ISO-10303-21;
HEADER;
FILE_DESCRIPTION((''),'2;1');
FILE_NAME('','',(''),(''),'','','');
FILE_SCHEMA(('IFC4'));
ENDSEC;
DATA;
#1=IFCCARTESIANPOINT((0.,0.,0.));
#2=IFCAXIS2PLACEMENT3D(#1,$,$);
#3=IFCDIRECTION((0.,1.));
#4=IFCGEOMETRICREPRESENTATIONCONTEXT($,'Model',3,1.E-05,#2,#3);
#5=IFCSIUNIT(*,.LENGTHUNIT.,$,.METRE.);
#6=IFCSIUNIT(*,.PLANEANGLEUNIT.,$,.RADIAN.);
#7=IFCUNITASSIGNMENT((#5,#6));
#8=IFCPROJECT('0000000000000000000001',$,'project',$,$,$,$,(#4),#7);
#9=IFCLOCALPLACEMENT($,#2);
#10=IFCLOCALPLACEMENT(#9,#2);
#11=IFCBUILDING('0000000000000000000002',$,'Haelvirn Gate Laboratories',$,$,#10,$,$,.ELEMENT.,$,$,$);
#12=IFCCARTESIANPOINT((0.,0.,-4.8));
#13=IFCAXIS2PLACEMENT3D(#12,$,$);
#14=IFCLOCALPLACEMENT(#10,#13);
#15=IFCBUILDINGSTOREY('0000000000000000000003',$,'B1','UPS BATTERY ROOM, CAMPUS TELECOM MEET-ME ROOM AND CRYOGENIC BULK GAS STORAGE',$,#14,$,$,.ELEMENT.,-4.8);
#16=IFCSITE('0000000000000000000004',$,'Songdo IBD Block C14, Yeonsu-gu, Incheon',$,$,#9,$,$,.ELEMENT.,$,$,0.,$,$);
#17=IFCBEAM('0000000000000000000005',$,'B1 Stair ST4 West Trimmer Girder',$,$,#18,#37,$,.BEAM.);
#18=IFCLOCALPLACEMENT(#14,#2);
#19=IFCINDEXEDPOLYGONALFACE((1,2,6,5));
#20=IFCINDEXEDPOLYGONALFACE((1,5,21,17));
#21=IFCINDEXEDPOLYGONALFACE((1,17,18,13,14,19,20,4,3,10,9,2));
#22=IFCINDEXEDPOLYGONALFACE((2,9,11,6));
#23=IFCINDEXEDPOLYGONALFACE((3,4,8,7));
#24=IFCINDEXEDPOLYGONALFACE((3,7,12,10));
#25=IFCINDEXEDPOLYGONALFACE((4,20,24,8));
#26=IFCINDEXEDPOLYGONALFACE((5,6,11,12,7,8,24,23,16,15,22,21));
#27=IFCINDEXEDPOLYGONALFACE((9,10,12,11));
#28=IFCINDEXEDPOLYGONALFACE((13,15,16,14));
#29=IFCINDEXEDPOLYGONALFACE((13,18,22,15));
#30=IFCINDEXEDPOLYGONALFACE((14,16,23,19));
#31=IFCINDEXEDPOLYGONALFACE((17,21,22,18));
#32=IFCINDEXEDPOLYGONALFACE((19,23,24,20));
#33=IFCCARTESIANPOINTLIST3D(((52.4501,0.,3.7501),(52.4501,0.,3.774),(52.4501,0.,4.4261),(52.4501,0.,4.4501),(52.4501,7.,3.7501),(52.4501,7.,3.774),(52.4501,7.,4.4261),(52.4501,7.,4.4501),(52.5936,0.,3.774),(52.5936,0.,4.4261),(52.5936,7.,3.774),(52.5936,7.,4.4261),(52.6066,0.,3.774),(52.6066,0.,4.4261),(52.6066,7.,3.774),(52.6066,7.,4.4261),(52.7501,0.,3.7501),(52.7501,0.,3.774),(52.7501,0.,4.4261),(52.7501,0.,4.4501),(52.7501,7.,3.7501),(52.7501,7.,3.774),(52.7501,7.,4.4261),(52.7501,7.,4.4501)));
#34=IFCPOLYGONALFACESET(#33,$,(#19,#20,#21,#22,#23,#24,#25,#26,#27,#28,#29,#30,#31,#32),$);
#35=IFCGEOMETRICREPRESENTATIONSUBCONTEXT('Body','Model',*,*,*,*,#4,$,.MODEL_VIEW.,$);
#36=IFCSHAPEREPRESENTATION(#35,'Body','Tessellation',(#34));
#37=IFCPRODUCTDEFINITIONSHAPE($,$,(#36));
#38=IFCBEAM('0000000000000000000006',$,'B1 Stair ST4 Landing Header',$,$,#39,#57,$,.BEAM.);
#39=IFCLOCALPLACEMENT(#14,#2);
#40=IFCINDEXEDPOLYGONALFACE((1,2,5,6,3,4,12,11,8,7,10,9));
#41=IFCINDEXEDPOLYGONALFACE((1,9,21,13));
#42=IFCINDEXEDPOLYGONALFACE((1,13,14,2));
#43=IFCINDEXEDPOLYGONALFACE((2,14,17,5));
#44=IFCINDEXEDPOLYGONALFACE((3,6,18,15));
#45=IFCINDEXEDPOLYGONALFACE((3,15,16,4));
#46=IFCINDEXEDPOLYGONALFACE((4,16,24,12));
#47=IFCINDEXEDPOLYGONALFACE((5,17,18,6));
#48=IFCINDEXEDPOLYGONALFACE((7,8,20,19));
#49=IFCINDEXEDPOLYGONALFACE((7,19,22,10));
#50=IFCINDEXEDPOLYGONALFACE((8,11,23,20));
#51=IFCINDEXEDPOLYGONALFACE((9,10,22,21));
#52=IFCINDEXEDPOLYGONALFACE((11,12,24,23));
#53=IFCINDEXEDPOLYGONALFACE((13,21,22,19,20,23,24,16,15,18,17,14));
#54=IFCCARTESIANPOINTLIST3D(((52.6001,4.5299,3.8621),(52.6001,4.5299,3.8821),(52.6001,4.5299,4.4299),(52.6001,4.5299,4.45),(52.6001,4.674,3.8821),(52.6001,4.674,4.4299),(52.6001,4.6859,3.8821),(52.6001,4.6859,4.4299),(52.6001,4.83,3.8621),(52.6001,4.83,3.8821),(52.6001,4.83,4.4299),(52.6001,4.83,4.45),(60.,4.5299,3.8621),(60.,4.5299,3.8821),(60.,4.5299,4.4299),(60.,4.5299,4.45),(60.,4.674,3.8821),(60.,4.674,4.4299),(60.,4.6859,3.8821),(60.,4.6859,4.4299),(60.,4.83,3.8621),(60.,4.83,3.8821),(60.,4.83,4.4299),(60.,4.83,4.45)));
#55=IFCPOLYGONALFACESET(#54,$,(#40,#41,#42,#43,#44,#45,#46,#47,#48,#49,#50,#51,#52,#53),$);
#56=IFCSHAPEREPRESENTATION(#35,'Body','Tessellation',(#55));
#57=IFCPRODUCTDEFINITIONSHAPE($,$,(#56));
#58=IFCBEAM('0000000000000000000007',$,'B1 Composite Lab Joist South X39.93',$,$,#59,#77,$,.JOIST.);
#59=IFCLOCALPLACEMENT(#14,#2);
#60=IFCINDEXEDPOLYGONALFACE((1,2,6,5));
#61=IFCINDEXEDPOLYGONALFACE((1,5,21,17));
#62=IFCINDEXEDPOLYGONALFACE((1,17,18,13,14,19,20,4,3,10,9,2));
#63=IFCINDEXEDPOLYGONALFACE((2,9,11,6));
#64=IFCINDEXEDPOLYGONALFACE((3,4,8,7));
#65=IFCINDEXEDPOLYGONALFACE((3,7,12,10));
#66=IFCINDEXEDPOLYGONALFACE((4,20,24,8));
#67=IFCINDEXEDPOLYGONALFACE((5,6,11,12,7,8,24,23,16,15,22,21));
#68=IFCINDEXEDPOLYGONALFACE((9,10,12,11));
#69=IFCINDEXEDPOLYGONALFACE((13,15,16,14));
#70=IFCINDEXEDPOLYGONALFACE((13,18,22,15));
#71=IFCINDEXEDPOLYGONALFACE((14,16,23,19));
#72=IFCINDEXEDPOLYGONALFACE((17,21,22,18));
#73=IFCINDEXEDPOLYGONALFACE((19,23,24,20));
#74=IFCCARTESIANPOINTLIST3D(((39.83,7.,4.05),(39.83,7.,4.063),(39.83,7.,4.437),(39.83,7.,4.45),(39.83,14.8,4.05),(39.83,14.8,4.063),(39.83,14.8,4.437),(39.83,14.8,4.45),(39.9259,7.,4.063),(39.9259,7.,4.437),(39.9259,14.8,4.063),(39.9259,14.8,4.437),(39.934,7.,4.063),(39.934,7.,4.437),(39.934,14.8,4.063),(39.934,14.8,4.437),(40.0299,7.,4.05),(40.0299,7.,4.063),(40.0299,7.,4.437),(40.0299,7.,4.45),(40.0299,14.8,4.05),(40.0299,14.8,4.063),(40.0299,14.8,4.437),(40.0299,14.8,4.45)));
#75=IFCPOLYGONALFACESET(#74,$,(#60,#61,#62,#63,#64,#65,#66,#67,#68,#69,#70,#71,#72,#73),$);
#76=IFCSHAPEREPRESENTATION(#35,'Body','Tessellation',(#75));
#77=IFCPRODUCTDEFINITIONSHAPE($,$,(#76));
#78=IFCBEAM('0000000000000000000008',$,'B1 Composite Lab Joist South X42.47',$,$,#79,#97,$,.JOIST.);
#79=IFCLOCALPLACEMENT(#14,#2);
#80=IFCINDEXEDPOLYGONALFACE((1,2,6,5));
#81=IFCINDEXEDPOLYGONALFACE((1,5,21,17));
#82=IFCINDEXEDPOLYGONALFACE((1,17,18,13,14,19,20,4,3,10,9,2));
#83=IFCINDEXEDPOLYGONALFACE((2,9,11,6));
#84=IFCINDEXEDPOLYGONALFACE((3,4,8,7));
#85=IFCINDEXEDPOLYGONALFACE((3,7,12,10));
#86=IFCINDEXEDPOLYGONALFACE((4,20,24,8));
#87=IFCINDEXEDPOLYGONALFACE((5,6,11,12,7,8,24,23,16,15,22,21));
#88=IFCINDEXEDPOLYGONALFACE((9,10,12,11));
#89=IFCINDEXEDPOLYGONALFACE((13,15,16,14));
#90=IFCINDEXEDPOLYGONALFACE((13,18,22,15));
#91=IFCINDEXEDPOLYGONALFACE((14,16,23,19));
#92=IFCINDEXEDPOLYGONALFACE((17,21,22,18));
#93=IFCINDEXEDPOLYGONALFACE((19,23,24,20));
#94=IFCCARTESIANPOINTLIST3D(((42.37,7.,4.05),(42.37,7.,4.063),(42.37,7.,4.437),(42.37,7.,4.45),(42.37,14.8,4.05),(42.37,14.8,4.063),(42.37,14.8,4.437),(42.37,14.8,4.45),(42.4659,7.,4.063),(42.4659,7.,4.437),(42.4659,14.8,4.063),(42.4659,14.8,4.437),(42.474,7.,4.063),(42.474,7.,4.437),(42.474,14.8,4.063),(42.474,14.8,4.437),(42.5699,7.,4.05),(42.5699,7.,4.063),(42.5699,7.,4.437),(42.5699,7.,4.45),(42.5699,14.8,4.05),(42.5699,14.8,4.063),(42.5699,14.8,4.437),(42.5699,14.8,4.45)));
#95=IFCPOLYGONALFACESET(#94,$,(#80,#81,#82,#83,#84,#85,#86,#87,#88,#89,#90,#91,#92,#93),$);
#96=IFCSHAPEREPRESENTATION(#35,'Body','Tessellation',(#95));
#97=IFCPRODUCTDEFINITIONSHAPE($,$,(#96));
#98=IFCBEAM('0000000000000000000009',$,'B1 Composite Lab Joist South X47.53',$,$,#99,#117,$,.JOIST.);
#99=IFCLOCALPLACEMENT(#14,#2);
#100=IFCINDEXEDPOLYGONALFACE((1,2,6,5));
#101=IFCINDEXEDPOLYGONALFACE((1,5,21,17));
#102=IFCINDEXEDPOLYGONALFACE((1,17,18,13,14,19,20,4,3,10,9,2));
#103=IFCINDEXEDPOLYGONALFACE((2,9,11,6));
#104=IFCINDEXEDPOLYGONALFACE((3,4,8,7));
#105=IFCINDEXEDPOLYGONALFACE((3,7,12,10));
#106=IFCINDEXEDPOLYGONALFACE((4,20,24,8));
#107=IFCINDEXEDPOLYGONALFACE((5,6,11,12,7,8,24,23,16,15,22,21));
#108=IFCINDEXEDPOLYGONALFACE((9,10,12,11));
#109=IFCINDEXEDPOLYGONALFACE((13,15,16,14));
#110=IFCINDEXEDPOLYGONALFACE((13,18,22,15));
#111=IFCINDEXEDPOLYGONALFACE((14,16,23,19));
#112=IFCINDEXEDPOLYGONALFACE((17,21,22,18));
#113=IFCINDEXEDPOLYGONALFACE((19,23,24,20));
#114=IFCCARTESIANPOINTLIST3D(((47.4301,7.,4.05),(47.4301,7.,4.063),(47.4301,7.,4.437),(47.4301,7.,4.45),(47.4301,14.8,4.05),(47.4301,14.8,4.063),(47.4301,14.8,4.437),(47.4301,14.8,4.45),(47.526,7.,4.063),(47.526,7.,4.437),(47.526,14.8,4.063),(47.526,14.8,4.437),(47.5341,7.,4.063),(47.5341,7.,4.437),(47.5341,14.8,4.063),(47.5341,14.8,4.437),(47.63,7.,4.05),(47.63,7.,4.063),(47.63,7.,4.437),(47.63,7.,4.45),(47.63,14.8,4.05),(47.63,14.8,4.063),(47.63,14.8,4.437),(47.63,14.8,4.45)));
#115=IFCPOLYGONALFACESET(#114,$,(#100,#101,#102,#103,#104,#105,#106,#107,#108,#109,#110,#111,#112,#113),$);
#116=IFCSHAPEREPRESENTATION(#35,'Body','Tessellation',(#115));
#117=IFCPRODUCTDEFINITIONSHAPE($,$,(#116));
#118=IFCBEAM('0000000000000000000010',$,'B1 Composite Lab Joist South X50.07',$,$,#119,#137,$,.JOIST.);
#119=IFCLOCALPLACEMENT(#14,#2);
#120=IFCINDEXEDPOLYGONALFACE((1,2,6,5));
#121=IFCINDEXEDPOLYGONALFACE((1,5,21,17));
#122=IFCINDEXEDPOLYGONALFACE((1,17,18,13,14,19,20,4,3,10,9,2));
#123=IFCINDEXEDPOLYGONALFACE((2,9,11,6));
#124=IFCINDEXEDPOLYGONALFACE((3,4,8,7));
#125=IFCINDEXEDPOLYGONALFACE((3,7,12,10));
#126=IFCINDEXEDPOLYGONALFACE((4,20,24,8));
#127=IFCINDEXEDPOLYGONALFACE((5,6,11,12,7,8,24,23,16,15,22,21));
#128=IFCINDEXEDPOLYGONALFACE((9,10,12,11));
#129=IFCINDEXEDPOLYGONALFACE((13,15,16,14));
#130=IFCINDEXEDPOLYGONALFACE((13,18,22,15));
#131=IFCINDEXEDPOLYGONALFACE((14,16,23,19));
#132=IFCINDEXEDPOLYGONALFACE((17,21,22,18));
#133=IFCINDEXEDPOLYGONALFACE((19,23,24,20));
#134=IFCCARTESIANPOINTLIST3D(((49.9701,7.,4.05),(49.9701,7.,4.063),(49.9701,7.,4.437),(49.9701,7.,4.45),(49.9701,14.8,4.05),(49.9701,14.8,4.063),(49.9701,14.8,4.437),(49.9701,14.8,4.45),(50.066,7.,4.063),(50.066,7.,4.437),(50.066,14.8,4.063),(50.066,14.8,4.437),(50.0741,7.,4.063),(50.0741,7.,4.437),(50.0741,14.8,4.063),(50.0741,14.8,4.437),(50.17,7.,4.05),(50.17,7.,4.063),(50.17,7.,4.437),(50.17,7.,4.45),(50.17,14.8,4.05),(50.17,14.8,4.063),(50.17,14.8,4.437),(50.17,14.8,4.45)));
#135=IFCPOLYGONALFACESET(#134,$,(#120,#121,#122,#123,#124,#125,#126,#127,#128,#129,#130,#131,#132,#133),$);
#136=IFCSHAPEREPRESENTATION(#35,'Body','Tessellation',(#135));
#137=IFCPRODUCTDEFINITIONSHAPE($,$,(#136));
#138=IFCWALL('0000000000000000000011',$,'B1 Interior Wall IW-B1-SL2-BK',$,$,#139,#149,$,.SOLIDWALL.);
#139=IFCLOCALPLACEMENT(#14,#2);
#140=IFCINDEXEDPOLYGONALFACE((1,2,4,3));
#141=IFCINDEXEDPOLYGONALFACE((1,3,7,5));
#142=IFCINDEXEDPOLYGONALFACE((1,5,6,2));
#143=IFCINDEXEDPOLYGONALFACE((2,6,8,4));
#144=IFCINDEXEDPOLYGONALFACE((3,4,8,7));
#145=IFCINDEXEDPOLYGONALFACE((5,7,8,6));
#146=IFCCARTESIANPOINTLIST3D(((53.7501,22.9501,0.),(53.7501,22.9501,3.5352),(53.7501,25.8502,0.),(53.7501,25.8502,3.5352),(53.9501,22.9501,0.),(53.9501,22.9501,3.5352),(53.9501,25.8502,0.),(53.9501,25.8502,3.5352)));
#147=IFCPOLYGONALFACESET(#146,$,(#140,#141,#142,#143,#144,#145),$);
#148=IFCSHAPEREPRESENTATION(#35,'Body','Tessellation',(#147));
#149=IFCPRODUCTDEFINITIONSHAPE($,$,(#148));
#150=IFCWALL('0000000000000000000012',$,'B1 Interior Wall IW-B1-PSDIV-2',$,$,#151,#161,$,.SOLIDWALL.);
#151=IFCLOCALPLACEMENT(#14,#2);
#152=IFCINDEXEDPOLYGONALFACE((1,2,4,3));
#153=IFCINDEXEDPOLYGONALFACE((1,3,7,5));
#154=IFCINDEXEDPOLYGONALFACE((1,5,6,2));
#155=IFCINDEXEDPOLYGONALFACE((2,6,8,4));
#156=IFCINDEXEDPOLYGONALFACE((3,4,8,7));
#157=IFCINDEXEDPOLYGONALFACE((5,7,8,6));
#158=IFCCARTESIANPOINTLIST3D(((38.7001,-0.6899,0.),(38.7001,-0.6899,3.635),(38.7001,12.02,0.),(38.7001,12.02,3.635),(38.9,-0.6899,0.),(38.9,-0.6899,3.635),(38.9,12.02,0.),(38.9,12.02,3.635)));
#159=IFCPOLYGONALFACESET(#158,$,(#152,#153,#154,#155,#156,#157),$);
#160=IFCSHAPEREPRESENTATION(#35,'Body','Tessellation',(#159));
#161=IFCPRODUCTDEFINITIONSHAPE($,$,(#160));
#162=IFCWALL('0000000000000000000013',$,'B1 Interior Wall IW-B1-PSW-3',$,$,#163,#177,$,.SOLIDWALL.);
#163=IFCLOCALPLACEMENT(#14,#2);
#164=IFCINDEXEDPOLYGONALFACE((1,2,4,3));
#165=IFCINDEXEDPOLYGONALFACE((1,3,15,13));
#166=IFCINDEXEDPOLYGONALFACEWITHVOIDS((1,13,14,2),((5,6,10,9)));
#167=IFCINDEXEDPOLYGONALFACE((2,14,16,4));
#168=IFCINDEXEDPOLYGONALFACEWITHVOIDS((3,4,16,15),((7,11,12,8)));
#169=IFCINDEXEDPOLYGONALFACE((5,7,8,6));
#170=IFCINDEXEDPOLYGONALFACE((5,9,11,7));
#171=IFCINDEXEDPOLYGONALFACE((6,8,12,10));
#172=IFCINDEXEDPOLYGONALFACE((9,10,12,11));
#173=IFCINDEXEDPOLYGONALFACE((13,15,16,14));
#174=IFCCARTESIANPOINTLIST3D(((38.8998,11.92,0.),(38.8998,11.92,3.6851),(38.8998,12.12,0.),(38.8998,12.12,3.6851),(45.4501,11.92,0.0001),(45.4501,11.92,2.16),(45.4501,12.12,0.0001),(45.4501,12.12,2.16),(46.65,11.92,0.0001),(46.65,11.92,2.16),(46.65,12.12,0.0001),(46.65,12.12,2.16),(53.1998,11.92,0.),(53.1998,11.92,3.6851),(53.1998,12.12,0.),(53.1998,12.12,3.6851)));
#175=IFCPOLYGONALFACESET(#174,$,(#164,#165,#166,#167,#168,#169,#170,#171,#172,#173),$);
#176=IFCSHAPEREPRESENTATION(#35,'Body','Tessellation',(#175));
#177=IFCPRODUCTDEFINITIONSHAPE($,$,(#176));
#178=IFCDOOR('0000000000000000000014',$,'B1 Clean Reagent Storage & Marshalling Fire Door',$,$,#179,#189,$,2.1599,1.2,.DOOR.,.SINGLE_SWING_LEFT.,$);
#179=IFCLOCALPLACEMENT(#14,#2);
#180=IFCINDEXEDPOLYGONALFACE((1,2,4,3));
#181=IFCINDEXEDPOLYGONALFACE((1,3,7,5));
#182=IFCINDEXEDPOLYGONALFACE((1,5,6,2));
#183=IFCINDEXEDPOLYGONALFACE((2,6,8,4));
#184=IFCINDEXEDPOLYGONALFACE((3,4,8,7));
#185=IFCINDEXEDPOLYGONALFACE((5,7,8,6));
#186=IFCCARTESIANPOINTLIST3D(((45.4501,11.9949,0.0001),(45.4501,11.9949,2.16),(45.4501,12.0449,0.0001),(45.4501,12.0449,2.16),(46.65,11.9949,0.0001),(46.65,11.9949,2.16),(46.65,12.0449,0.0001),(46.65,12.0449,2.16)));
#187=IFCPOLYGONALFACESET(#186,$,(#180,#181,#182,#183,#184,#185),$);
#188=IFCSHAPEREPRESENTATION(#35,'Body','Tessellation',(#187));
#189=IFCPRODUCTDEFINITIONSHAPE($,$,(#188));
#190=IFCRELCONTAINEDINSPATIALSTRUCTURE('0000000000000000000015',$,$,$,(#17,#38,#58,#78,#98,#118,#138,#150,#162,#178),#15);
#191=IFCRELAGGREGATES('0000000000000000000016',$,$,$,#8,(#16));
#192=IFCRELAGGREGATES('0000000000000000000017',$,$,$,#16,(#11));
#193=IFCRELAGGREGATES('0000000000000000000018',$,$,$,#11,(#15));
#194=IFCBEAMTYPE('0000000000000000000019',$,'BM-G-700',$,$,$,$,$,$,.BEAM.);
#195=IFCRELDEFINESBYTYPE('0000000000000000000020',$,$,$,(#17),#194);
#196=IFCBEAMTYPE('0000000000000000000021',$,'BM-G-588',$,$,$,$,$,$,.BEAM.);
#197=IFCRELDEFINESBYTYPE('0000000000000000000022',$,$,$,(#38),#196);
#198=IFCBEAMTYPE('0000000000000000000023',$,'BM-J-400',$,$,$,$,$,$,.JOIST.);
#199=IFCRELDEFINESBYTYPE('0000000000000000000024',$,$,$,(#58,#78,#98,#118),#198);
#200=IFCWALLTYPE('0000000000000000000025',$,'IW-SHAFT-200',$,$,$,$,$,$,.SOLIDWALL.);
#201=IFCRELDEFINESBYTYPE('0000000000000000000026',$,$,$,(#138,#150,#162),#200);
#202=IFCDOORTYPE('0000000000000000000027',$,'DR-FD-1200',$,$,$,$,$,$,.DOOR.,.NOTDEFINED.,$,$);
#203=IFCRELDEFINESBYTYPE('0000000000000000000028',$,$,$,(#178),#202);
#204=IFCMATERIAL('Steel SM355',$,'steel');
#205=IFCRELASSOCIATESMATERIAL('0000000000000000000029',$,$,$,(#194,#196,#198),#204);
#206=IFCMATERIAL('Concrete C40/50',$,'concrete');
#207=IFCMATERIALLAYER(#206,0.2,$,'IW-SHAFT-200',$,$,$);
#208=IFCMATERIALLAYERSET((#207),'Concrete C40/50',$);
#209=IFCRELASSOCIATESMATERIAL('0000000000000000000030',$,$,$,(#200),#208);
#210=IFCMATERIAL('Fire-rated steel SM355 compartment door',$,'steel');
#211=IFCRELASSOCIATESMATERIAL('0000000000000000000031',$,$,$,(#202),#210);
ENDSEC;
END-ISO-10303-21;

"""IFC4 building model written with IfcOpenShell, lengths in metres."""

from ifc_helpers import new_model, si_unit, direction, frame, frame_2d, origin, origin_2d, place, context, subcontext, project, spatial, rectangle, i_section, extrude, source, transform, mapped, material, layer, layer_set, material_profile, profile_set, type_object, type_shapes, element, fill, save


model = new_model("IFC4")

# Units and contexts
model_context = context("Model", 3, precision=1e-05, world=origin(), true_north=direction((0.0, 1.0)))
body_context = subcontext(model_context, "Body", "Model", "MODEL_VIEW")
ifc_project = project(units=[si_unit("LENGTHUNIT", "METRE"), si_unit("PLANEANGLEUNIT", "RADIAN")], contexts=[model_context])

# Site, building, storey
site_placement = place(None, origin())
site = spatial("IfcSite", under=ifc_project, at=site_placement, Name="Songdo IBD Block C14, Yeonsu-gu, Incheon", CompositionType="ELEMENT", RefElevation=0.0)
building_placement = place(site_placement, origin())
building = spatial("IfcBuilding", under=site, at=building_placement, Name="Haelvirn Gate Laboratories", CompositionType="ELEMENT")
storey_placement = place(building_placement, frame((0.0, 0.0, -4.8)))
storey = spatial("IfcBuildingStorey", under=building, at=storey_placement, Name="B1", Description="UPS BATTERY ROOM, CAMPUS TELECOM MEET-ME ROOM AND CRYOGENIC BULK GAS STORAGE", CompositionType="ELEMENT", Elevation=-4.8)

# Beams
ifc_material_1 = material(Name="Steel SM355", Category="steel")
ifc_material_profile_1 = material_profile(ifc_material_1, i_section(OverallWidth=0.3, OverallDepth=0.7, WebThickness=0.0129, FlangeThickness=0.0239, at=origin_2d()), Name="H-700x300x13x24")
ifc_profile_set_1 = profile_set([ifc_material_profile_1], Name="Steel SM355")
beam_type_1 = type_object("IfcBeamType", Name="BM-G-700", PredefinedType="BEAM", material=ifc_profile_set_1)
shared_shape_1 = source(origin(), body_context, "Body", "SweptSolid", [
    extrude(i_section(OverallWidth=0.3, OverallDepth=0.7, WebThickness=0.0129, FlangeThickness=0.0239, at=origin_2d()), origin(), (0.0, 0.0, 1.0), 7.0),
])
type_shapes(beam_type_1, [shared_shape_1])
beam_1_placement = place(storey_placement, frame((52.6001, 0.0, 4.1001), z_axis=(0.0, 1.0, 0.0), x_axis=(-1.0, 0.0, 0.0)))
element("IfcBeam", 1, at=beam_1_placement, inside=storey, type_object=beam_type_1, Name="B1 Stair ST4 West Trimmer Girder", PredefinedType="BEAM", context=body_context, shape_type="MappedRepresentation", body=[
    mapped(shared_shape_1, transform((0.0, 0.0, 0.0), scale=1.0)),
])
ifc_material_profile_2 = material_profile(ifc_material_1, i_section(OverallWidth=0.3, OverallDepth=0.5879, WebThickness=0.012, FlangeThickness=0.02, at=origin_2d()), Name="H-588x300x12x20")
ifc_profile_set_2 = profile_set([ifc_material_profile_2], Name="Steel SM355")
beam_type_2 = type_object("IfcBeamType", Name="BM-G-588", PredefinedType="BEAM", material=ifc_profile_set_2)
shared_shape_2 = source(origin(), body_context, "Body", "SweptSolid", [
    extrude(i_section(OverallWidth=0.3, OverallDepth=0.5879, WebThickness=0.012, FlangeThickness=0.02, at=origin_2d()), origin(), (0.0, 0.0, 1.0), 7.3999),
])
type_shapes(beam_type_2, [shared_shape_2])
beam_2_placement = place(storey_placement, frame((52.6001, 4.6799, 4.156), z_axis=(1.0, 0.0, 0.0), x_axis=(0.0, 1.0, 0.0)))
element("IfcBeam", 2, at=beam_2_placement, inside=storey, type_object=beam_type_2, Name="B1 Stair ST4 Landing Header", PredefinedType="BEAM", context=body_context, shape_type="MappedRepresentation", body=[
    mapped(shared_shape_2, transform((0.0, 0.0, 0.0), scale=1.0)),
])
ifc_material_profile_3 = material_profile(ifc_material_1, i_section(OverallWidth=0.2, OverallDepth=0.3999, WebThickness=0.0081, FlangeThickness=0.0129, at=origin_2d()), Name="H-400x200x8x13")
ifc_profile_set_3 = profile_set([ifc_material_profile_3], Name="Steel SM355")
beam_type_3 = type_object("IfcBeamType", Name="BM-J-400", PredefinedType="JOIST", material=ifc_profile_set_3)
shared_shape_3 = source(origin(), body_context, "Body", "SweptSolid", [
    extrude(i_section(OverallWidth=0.2, OverallDepth=0.3999, WebThickness=0.0081, FlangeThickness=0.0129, at=origin_2d()), origin(), (0.0, 0.0, 1.0), 7.8),
])
type_shapes(beam_type_3, [shared_shape_3])
for number, where, z_axis, x_axis, name in (
    (3, (39.9299, 7.0, 4.25), (0.0, 1.0, 0.0), (-1.0, 0.0, 0.0), "B1 Composite Lab Joist South X39.93"),
    (4, (42.47, 7.0, 4.25), (0.0, 1.0, 0.0), (-1.0, 0.0, 0.0), "B1 Composite Lab Joist South X42.47"),
    (5, (47.53, 7.0, 4.25), (0.0, 1.0, 0.0), (-1.0, 0.0, 0.0), "B1 Composite Lab Joist South X47.53"),
    (6, (50.0701, 7.0, 4.25), (0.0, 1.0, 0.0), (-1.0, 0.0, 0.0), "B1 Composite Lab Joist South X50.07"),
):
    element("IfcBeam", number, at=place(storey_placement, frame(where, z_axis=z_axis, x_axis=x_axis)), inside=storey, type_object=beam_type_3, Name=name, PredefinedType="JOIST", context=body_context, shape_type="MappedRepresentation", body=[
        mapped(shared_shape_3, transform((0.0, 0.0, 0.0), scale=1.0)),
    ])

# Walls
ifc_material_2 = material(Name="Concrete C40/50", Category="concrete")
ifc_layer_1 = layer(ifc_material_2, 0.2, Name="IW-SHAFT-200")
ifc_layer_set_1 = layer_set([ifc_layer_1], Name="Concrete C40/50")
wall_type_1 = type_object("IfcWallType", Name="IW-SHAFT-200", PredefinedType="SOLIDWALL", material=ifc_layer_set_1)
wall_1_placement = place(storey_placement, frame((53.8501, 22.95, 0.0), z_axis=(0.0, 0.0, 1.0), x_axis=(0.0, 1.0, 0.0)))
element("IfcWall", 7, at=wall_1_placement, inside=storey, type_object=wall_type_1, Name="B1 Interior Wall IW-B1-SL2-BK", PredefinedType="SOLIDWALL", context=body_context, shape_type="SweptSolid", body=[
    extrude(rectangle(XDim=2.9001, YDim=0.2, at=frame_2d((1.4502, 0.0))), origin(), (0.0, 0.0, 1.0), 3.5352),
])
wall_2_placement = place(storey_placement, frame((38.8, -0.6899, 0.0), z_axis=(0.0, 0.0, 1.0), x_axis=(0.0, 1.0, 0.0)))
element("IfcWall", 8, at=wall_2_placement, inside=storey, type_object=wall_type_1, Name="B1 Interior Wall IW-B1-PSDIV-2", PredefinedType="SOLIDWALL", context=body_context, shape_type="SweptSolid", body=[
    extrude(rectangle(XDim=12.71, YDim=0.2, at=frame_2d((6.355, 0.0))), origin(), (0.0, 0.0, 1.0), 3.635),
])

# Wall, opening, door
wall_3_placement = place(storey_placement, frame((38.8999, 12.02, 0.0), z_axis=(0.0, 0.0, 1.0), x_axis=(1.0, 0.0, 0.0)))
wall_3 = element("IfcWall", 9, at=wall_3_placement, inside=storey, type_object=wall_type_1, Name="B1 Interior Wall IW-B1-PSW-3", PredefinedType="SOLIDWALL", context=body_context, shape_type="SweptSolid", body=[
    extrude(rectangle(XDim=14.3, YDim=0.2, at=frame_2d((7.1499, 0.0))), origin(), (0.0, 0.0, 1.0), 3.6851),
])
opening_1_placement = place(wall_3_placement, frame((6.55, 0.0, 0.0)))
opening_1 = element("IfcOpeningElement", 10, at=opening_1_placement, cuts=wall_3, PredefinedType="OPENING", context=body_context, shape_type="SweptSolid", body=[
    extrude(rectangle(XDim=1.2, YDim=2.1599, at=frame_2d((0.6001, 1.0801))), frame((0.0, 0.1099, 0.0), z_axis=(0.0, -1.0, 0.0), x_axis=(1.0, 0.0, 0.0)), (0.0, 0.0, 1.0), 0.22),
])
ifc_material_3 = material(Name="Fire-rated steel SM355 compartment door", Category="steel")
door_type_1 = type_object("IfcDoorType", Name="DR-FD-1200", OperationType="NOTDEFINED", PredefinedType="DOOR", material=ifc_material_3)
shared_shape_4 = source(origin(), body_context, "Body", "SweptSolid", [
    extrude(rectangle(XDim=1.2, YDim=2.1599, at=frame_2d((0.6001, 1.0801))), frame((0.0, 0.0249, 0.0), z_axis=(0.0, -1.0, 0.0), x_axis=(1.0, 0.0, 0.0)), (0.0, 0.0, 1.0), 0.05),
])
type_shapes(door_type_1, [shared_shape_4])
door_1_placement = place(opening_1_placement, origin())
door_1 = element("IfcDoor", 11, at=door_1_placement, inside=storey, type_object=door_type_1, Name="B1 Clean Reagent Storage & Marshalling Fire Door", OperationType="SINGLE_SWING_LEFT", OverallHeight=2.1599, OverallWidth=1.2, PredefinedType="DOOR", context=body_context, shape_type="MappedRepresentation", body=[
    mapped(shared_shape_4, transform((0.0, 0.0, 0.0), scale=1.0)),
])
fill(opening_1, door_1)

save(model, "model.ifc")
